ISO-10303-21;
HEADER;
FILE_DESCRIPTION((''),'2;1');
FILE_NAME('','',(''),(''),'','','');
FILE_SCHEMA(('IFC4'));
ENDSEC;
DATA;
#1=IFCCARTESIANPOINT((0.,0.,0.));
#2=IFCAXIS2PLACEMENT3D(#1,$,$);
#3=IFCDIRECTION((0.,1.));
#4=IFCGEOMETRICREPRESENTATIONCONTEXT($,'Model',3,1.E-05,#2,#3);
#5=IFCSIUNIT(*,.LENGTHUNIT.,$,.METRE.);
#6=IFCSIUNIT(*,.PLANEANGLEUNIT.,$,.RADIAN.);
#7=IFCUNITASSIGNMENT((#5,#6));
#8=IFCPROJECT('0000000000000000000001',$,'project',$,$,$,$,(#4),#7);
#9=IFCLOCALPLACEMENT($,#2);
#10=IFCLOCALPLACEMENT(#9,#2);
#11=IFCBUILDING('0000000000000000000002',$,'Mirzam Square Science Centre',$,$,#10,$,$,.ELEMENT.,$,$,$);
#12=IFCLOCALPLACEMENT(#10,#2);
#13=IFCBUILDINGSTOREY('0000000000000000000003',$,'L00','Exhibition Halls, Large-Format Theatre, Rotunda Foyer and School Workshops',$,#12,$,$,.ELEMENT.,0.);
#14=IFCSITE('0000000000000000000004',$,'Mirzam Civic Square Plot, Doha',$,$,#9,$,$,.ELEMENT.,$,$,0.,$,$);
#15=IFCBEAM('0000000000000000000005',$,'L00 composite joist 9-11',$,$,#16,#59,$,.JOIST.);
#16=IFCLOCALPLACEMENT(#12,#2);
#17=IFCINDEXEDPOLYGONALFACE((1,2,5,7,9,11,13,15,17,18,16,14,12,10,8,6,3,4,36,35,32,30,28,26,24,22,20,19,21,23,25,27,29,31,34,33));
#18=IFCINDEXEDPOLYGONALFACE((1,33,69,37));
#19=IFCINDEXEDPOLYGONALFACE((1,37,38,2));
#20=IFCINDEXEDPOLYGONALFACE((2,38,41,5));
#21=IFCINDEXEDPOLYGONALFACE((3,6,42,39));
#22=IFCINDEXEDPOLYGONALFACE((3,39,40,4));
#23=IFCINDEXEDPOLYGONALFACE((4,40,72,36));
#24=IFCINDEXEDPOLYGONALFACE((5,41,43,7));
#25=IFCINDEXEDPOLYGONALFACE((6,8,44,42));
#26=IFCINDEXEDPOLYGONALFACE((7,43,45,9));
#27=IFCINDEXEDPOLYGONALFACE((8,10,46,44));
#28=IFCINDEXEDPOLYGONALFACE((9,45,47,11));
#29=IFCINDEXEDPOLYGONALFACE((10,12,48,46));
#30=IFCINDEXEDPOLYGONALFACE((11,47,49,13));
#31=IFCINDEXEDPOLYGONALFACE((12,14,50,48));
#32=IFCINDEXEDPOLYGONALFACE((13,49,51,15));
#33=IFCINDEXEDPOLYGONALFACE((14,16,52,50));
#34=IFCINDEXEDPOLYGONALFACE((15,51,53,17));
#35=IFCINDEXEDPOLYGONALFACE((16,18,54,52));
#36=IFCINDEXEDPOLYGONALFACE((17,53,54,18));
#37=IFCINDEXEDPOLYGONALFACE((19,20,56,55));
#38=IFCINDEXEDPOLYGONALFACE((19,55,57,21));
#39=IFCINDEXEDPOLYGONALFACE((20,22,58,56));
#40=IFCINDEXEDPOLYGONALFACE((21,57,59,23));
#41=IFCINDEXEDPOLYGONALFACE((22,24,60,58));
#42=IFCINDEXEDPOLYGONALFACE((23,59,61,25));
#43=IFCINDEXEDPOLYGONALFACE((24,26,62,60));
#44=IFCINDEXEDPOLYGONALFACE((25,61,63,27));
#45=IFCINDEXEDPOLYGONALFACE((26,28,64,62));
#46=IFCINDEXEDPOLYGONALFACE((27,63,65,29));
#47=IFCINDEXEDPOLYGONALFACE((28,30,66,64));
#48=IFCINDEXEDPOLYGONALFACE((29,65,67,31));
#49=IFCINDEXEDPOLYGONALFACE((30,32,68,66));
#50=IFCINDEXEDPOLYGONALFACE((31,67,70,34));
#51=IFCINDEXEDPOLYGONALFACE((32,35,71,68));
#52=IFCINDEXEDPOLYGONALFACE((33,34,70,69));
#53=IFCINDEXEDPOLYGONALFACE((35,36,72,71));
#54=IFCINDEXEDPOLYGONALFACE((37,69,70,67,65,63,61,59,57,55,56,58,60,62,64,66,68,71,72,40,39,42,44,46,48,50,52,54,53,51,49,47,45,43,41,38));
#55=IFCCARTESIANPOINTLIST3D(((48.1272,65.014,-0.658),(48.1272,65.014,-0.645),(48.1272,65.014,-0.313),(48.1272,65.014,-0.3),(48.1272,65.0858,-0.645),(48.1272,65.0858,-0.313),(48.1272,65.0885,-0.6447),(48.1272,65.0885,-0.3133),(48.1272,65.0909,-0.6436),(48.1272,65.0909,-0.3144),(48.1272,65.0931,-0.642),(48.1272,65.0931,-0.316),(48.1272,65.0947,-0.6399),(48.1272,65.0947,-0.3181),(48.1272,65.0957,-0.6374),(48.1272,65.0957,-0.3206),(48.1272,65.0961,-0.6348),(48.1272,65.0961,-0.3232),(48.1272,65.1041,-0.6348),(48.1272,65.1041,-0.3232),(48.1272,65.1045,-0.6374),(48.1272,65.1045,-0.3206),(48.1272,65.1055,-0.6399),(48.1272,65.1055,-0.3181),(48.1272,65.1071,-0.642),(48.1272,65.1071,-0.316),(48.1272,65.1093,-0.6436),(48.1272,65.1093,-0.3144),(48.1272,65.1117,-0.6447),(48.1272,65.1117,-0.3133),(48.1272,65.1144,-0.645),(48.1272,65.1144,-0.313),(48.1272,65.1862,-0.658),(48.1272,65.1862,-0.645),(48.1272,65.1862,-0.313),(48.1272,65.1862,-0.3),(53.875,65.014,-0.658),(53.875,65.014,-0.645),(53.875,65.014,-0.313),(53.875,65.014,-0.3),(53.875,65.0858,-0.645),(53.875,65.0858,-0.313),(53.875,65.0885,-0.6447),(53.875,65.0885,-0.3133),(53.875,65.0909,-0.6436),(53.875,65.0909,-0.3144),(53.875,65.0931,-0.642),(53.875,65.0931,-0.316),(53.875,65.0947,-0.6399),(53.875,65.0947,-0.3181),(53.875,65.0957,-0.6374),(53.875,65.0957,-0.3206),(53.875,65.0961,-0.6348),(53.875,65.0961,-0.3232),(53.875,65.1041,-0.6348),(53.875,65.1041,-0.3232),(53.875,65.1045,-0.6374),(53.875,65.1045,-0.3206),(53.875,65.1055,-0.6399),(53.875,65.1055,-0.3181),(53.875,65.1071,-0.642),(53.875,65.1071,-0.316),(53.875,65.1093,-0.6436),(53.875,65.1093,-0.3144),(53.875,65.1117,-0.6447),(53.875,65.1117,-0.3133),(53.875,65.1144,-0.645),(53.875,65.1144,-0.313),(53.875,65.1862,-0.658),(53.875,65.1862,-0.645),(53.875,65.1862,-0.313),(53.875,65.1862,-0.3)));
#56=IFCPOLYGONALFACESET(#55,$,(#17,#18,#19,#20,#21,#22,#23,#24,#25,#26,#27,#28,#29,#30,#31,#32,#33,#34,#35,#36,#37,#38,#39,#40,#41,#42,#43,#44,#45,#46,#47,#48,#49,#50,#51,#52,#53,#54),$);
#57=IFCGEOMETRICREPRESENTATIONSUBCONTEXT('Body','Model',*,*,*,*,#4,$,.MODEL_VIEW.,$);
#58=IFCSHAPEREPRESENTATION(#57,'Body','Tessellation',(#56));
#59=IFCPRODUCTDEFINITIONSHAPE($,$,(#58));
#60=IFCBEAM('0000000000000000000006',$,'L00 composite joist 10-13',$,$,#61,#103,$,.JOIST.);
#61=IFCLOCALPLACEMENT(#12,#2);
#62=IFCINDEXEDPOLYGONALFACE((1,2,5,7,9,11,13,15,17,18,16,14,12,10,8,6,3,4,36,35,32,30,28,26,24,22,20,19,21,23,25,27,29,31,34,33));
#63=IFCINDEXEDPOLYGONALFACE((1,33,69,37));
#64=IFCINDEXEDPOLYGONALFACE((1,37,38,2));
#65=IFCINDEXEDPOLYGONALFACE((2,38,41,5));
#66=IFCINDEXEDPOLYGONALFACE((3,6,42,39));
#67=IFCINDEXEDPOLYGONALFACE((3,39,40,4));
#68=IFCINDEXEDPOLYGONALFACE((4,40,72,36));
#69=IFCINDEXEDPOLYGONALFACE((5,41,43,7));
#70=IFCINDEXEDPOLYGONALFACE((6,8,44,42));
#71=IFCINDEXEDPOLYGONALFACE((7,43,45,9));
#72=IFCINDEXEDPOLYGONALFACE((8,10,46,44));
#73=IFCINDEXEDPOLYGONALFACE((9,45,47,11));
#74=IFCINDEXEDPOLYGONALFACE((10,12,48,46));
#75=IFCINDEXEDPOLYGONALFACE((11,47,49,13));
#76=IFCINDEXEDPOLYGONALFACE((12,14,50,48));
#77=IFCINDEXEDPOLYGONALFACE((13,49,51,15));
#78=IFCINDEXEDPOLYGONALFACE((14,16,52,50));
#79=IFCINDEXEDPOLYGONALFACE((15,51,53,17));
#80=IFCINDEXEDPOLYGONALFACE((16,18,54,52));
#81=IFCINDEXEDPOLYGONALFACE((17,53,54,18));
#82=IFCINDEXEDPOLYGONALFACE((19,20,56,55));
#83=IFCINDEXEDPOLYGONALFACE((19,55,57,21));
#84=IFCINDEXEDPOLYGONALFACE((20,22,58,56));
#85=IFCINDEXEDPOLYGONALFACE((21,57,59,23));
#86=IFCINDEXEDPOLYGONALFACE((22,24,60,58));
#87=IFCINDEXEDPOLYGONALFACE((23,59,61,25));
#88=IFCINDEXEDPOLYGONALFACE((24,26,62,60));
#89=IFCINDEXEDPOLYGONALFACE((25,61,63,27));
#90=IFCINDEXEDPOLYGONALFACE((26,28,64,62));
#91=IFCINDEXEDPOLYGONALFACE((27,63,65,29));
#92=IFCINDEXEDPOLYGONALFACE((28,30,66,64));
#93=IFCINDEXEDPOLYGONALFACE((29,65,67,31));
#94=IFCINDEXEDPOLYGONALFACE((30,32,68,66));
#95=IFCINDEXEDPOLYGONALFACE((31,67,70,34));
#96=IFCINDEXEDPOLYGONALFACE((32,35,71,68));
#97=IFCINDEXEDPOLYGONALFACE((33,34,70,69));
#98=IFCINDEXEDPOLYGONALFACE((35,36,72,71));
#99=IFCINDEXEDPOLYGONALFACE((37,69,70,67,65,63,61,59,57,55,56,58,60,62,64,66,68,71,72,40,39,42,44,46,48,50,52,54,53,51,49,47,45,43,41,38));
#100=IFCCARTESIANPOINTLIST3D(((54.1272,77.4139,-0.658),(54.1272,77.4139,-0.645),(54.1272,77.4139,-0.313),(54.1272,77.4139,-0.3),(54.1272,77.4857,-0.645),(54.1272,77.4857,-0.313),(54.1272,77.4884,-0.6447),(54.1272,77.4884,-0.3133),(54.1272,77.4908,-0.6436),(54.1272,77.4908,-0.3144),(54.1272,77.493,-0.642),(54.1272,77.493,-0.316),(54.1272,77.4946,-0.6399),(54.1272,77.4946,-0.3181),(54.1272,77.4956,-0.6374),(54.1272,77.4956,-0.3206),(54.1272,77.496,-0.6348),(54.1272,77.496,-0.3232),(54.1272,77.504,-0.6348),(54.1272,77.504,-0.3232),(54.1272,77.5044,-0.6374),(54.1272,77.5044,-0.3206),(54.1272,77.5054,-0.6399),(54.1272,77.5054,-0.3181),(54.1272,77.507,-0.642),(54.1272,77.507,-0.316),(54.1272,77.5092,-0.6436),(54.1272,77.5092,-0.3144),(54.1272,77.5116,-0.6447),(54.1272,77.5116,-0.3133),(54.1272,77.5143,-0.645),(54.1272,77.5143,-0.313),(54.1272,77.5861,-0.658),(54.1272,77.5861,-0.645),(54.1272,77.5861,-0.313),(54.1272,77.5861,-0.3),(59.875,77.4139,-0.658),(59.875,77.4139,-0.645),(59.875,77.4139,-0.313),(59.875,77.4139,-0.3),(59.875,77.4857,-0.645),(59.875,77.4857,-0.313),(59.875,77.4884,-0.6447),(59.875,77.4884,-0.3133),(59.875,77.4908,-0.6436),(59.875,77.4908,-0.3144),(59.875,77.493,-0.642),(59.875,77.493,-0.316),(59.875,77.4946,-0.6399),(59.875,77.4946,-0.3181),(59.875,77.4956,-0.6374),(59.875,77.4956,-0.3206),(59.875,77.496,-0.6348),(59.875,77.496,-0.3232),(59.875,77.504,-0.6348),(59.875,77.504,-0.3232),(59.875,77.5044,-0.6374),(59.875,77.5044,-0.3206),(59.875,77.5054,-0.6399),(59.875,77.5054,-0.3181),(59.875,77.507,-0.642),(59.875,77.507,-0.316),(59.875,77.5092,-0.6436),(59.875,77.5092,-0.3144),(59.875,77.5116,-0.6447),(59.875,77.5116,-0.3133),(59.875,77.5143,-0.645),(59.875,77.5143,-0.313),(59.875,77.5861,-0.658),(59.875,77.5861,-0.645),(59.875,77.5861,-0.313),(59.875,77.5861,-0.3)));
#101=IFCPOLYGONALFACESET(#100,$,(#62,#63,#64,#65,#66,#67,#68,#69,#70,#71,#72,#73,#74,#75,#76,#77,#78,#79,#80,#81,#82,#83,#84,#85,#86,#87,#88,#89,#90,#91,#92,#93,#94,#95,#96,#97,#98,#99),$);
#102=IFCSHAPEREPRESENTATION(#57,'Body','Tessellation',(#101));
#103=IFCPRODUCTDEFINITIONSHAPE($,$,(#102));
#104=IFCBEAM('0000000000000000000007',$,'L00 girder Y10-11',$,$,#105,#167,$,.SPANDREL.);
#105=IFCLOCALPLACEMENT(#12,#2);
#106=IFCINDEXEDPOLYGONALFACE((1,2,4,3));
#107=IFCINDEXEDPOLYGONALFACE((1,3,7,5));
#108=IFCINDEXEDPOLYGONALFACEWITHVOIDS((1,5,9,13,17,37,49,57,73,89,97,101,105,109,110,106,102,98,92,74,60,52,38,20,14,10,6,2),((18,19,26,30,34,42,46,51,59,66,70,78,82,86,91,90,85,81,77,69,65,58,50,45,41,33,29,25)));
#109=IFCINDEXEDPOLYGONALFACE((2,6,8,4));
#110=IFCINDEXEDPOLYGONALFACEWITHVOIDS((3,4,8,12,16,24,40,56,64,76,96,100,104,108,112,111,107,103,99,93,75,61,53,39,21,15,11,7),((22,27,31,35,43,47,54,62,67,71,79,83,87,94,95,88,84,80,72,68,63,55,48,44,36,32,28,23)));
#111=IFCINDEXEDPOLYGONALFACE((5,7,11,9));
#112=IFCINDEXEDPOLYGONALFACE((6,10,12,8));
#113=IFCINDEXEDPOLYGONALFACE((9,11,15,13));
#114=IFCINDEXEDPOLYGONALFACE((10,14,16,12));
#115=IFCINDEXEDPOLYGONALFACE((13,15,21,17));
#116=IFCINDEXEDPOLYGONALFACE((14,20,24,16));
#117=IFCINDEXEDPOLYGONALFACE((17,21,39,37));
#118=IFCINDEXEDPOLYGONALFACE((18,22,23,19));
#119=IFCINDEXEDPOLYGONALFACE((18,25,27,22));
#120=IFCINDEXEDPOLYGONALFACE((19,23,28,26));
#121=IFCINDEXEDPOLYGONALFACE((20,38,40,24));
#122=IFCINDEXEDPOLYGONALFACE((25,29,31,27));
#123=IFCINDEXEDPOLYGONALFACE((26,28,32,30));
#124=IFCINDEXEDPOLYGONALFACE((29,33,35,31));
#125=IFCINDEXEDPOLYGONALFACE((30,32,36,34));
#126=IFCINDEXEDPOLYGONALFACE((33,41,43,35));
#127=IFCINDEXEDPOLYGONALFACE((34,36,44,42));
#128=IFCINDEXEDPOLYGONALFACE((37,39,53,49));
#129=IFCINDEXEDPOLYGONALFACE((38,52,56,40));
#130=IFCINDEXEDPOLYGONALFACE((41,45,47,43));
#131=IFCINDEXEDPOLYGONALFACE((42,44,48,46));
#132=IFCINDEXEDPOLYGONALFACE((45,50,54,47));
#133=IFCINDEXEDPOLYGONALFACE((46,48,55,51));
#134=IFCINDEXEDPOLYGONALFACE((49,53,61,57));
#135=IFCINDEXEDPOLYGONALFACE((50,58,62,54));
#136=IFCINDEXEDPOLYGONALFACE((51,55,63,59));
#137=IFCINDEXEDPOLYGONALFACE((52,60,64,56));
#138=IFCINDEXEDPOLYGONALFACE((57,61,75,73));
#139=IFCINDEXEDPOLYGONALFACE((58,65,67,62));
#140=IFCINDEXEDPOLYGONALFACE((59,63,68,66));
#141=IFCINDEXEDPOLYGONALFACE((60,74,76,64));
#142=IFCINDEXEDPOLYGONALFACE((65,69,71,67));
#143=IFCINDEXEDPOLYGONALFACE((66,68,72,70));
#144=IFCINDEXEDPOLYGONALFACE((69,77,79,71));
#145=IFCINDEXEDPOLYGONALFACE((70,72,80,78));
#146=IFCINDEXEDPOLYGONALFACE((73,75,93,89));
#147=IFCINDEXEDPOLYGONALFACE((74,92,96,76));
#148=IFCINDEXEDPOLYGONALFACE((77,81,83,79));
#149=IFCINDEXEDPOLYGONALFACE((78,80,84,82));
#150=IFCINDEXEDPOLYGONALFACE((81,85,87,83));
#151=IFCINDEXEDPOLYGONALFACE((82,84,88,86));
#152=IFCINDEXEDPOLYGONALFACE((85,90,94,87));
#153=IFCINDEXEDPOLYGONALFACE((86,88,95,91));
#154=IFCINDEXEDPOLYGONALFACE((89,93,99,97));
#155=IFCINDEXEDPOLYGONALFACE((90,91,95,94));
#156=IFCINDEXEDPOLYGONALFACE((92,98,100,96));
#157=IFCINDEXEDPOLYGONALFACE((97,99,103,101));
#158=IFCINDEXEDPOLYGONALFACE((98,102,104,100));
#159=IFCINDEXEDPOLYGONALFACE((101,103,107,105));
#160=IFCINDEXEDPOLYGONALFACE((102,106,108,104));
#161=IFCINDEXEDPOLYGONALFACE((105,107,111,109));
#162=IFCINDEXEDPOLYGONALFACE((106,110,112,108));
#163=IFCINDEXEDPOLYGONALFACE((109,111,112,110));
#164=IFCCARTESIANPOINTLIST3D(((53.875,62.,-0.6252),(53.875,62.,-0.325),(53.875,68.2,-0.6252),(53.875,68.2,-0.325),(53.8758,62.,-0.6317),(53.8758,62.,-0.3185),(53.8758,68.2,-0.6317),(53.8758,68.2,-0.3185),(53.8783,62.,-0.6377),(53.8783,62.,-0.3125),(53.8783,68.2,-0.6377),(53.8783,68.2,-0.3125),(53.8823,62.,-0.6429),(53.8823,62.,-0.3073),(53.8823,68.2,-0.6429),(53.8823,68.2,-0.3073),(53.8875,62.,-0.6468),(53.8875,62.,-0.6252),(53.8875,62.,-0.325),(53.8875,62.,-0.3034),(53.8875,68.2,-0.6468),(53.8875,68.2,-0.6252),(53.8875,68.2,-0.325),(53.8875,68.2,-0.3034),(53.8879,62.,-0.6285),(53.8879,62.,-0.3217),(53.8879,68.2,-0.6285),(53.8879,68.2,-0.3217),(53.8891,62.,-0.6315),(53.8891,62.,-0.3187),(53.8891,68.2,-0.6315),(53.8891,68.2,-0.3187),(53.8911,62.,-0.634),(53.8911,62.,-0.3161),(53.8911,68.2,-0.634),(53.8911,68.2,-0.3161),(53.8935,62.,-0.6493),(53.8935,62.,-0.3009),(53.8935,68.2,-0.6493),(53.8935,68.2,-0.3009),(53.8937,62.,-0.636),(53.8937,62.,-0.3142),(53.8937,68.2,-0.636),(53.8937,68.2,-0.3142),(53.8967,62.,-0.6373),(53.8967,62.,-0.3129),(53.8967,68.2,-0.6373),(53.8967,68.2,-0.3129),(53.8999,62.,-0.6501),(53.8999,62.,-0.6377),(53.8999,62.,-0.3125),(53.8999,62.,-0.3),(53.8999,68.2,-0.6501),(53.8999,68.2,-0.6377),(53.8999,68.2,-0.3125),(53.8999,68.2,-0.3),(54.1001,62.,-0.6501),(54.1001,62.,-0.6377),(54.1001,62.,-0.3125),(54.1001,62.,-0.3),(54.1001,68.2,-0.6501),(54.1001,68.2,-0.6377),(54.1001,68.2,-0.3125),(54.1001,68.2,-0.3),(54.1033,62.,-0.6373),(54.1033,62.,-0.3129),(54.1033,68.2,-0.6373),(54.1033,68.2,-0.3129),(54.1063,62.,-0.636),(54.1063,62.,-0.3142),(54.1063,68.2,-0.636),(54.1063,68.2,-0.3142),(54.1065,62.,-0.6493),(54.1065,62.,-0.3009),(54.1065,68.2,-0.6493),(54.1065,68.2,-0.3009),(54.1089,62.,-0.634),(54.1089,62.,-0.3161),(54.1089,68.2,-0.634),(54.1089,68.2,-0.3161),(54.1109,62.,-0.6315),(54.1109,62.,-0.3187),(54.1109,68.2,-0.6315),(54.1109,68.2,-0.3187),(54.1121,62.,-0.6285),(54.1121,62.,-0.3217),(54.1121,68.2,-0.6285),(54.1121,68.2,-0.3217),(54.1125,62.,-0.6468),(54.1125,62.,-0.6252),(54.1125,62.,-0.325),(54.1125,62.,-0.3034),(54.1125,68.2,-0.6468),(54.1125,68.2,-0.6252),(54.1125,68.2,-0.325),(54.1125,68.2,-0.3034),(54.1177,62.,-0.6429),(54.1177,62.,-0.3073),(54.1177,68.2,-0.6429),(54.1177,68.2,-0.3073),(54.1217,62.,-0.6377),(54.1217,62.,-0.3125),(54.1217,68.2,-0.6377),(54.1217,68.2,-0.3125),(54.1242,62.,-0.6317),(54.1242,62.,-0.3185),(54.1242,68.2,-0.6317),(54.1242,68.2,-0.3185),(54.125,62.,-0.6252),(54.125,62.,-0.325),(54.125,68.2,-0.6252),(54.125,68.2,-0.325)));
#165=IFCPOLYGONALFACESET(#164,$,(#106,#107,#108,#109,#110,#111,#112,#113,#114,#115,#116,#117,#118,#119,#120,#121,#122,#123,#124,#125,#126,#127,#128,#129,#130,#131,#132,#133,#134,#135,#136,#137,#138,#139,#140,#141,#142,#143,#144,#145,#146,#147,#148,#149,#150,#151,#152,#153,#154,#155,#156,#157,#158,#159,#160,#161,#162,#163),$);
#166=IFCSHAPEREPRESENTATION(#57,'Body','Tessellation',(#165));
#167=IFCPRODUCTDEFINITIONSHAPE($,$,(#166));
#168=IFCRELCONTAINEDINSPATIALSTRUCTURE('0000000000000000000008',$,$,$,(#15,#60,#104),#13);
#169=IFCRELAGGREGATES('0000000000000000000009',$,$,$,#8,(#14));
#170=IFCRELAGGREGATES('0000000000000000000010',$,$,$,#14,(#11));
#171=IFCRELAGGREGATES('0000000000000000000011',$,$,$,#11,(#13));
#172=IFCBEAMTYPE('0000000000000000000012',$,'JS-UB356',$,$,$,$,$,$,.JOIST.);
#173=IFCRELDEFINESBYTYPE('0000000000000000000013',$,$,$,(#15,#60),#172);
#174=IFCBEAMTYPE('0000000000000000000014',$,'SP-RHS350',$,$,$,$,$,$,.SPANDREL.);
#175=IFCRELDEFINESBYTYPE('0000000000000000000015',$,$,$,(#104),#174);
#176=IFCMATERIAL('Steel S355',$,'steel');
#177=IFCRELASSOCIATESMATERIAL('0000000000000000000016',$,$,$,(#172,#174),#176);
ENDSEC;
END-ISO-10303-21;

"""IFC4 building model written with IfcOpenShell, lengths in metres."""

from ifc_helpers import new_model, si_unit, direction, frame, origin, origin_2d, place, context, subcontext, project, spatial, hollow_rectangle, i_section, extrude, material, material_profile, profile_set, type_object, element, save


model = new_model("IFC4")

# Units and contexts
model_context = context("Model", 3, precision=1e-05, world=origin(), true_north=direction((0.0, 1.0)))
body_context = subcontext(model_context, "Body", "Model", "MODEL_VIEW")
ifc_project = project(units=[si_unit("LENGTHUNIT", "METRE"), si_unit("PLANEANGLEUNIT", "RADIAN")], contexts=[model_context])

# Site, building, storey
site_placement = place(None, origin())
site = spatial("IfcSite", under=ifc_project, at=site_placement, Name="Mirzam Civic Square Plot, Doha", CompositionType="ELEMENT", RefElevation=0.0)
building_placement = place(site_placement, origin())
building = spatial("IfcBuilding", under=site, at=building_placement, Name="Mirzam Square Science Centre", CompositionType="ELEMENT")
storey_placement = place(building_placement, origin())
storey = spatial("IfcBuildingStorey", under=building, at=storey_placement, Name="L00", Description="Exhibition Halls, Large-Format Theatre, Rotunda Foyer and School Workshops", CompositionType="ELEMENT", Elevation=0.0)

# Shared definitions
ifc_material = material(Name="Steel S355", Category="steel")

# Beams
ifc_material_profile_1 = material_profile(ifc_material, i_section(OverallWidth=0.1721, OverallDepth=0.3579, WebThickness=0.0081, FlangeThickness=0.0129, FilletRadius=0.0103, at=origin_2d()), Name="356x171x57UB")
ifc_profile_set_1 = profile_set([ifc_material_profile_1], Name="Steel S355")
beam_type_1 = type_object("IfcBeamType", Name="JS-UB356", PredefinedType="JOIST", material=ifc_profile_set_1)
for number, where, z_axis, x_axis, name in (
    (1, (48.1272, 65.1001, -0.479), (1.0, 0.0, 0.0), (0.0, 1.0, 0.0), "L00 composite joist 9-11"),
    (2, (54.1272, 77.5, -0.479), (1.0, 0.0, 0.0), (0.0, 1.0, 0.0), "L00 composite joist 10-13"),
):
    element("IfcBeam", number, at=place(storey_placement, frame(where, z_axis=z_axis, x_axis=x_axis)), inside=storey, type_object=beam_type_1, Name=name, PredefinedType="JOIST", context=body_context, shape_type="SweptSolid", body=[
        extrude(i_section(OverallWidth=0.1721, OverallDepth=0.3579, WebThickness=0.0081, FlangeThickness=0.0129, FilletRadius=0.0103, at=origin_2d()), origin(), (0.0, 0.0, 1.0), 5.7478),
    ])
ifc_material_profile_2 = material_profile(ifc_material, hollow_rectangle(XDim=0.25, YDim=0.3501, WallThickness=0.0125, InnerFilletRadius=0.0125, OuterFilletRadius=0.0249, at=origin_2d()), Name="350x250x12.5RHS")
ifc_profile_set_2 = profile_set([ifc_material_profile_2], Name="Steel S355")
beam_type_2 = type_object("IfcBeamType", Name="SP-RHS350", PredefinedType="SPANDREL", material=ifc_profile_set_2)
beam_1_placement = place(storey_placement, frame((54.0, 62.0, -0.4751), z_axis=(0.0, 1.0, 0.0), x_axis=(-1.0, 0.0, 0.0)))
element("IfcBeam", 3, at=beam_1_placement, inside=storey, type_object=beam_type_2, Name="L00 girder Y10-11", PredefinedType="SPANDREL", context=body_context, shape_type="SweptSolid", body=[
    extrude(hollow_rectangle(XDim=0.25, YDim=0.3501, WallThickness=0.0125, InnerFilletRadius=0.0125, OuterFilletRadius=0.0249, at=origin_2d()), origin(), (0.0, 0.0, 1.0), 6.2),
])

save(model, "model.ifc")
